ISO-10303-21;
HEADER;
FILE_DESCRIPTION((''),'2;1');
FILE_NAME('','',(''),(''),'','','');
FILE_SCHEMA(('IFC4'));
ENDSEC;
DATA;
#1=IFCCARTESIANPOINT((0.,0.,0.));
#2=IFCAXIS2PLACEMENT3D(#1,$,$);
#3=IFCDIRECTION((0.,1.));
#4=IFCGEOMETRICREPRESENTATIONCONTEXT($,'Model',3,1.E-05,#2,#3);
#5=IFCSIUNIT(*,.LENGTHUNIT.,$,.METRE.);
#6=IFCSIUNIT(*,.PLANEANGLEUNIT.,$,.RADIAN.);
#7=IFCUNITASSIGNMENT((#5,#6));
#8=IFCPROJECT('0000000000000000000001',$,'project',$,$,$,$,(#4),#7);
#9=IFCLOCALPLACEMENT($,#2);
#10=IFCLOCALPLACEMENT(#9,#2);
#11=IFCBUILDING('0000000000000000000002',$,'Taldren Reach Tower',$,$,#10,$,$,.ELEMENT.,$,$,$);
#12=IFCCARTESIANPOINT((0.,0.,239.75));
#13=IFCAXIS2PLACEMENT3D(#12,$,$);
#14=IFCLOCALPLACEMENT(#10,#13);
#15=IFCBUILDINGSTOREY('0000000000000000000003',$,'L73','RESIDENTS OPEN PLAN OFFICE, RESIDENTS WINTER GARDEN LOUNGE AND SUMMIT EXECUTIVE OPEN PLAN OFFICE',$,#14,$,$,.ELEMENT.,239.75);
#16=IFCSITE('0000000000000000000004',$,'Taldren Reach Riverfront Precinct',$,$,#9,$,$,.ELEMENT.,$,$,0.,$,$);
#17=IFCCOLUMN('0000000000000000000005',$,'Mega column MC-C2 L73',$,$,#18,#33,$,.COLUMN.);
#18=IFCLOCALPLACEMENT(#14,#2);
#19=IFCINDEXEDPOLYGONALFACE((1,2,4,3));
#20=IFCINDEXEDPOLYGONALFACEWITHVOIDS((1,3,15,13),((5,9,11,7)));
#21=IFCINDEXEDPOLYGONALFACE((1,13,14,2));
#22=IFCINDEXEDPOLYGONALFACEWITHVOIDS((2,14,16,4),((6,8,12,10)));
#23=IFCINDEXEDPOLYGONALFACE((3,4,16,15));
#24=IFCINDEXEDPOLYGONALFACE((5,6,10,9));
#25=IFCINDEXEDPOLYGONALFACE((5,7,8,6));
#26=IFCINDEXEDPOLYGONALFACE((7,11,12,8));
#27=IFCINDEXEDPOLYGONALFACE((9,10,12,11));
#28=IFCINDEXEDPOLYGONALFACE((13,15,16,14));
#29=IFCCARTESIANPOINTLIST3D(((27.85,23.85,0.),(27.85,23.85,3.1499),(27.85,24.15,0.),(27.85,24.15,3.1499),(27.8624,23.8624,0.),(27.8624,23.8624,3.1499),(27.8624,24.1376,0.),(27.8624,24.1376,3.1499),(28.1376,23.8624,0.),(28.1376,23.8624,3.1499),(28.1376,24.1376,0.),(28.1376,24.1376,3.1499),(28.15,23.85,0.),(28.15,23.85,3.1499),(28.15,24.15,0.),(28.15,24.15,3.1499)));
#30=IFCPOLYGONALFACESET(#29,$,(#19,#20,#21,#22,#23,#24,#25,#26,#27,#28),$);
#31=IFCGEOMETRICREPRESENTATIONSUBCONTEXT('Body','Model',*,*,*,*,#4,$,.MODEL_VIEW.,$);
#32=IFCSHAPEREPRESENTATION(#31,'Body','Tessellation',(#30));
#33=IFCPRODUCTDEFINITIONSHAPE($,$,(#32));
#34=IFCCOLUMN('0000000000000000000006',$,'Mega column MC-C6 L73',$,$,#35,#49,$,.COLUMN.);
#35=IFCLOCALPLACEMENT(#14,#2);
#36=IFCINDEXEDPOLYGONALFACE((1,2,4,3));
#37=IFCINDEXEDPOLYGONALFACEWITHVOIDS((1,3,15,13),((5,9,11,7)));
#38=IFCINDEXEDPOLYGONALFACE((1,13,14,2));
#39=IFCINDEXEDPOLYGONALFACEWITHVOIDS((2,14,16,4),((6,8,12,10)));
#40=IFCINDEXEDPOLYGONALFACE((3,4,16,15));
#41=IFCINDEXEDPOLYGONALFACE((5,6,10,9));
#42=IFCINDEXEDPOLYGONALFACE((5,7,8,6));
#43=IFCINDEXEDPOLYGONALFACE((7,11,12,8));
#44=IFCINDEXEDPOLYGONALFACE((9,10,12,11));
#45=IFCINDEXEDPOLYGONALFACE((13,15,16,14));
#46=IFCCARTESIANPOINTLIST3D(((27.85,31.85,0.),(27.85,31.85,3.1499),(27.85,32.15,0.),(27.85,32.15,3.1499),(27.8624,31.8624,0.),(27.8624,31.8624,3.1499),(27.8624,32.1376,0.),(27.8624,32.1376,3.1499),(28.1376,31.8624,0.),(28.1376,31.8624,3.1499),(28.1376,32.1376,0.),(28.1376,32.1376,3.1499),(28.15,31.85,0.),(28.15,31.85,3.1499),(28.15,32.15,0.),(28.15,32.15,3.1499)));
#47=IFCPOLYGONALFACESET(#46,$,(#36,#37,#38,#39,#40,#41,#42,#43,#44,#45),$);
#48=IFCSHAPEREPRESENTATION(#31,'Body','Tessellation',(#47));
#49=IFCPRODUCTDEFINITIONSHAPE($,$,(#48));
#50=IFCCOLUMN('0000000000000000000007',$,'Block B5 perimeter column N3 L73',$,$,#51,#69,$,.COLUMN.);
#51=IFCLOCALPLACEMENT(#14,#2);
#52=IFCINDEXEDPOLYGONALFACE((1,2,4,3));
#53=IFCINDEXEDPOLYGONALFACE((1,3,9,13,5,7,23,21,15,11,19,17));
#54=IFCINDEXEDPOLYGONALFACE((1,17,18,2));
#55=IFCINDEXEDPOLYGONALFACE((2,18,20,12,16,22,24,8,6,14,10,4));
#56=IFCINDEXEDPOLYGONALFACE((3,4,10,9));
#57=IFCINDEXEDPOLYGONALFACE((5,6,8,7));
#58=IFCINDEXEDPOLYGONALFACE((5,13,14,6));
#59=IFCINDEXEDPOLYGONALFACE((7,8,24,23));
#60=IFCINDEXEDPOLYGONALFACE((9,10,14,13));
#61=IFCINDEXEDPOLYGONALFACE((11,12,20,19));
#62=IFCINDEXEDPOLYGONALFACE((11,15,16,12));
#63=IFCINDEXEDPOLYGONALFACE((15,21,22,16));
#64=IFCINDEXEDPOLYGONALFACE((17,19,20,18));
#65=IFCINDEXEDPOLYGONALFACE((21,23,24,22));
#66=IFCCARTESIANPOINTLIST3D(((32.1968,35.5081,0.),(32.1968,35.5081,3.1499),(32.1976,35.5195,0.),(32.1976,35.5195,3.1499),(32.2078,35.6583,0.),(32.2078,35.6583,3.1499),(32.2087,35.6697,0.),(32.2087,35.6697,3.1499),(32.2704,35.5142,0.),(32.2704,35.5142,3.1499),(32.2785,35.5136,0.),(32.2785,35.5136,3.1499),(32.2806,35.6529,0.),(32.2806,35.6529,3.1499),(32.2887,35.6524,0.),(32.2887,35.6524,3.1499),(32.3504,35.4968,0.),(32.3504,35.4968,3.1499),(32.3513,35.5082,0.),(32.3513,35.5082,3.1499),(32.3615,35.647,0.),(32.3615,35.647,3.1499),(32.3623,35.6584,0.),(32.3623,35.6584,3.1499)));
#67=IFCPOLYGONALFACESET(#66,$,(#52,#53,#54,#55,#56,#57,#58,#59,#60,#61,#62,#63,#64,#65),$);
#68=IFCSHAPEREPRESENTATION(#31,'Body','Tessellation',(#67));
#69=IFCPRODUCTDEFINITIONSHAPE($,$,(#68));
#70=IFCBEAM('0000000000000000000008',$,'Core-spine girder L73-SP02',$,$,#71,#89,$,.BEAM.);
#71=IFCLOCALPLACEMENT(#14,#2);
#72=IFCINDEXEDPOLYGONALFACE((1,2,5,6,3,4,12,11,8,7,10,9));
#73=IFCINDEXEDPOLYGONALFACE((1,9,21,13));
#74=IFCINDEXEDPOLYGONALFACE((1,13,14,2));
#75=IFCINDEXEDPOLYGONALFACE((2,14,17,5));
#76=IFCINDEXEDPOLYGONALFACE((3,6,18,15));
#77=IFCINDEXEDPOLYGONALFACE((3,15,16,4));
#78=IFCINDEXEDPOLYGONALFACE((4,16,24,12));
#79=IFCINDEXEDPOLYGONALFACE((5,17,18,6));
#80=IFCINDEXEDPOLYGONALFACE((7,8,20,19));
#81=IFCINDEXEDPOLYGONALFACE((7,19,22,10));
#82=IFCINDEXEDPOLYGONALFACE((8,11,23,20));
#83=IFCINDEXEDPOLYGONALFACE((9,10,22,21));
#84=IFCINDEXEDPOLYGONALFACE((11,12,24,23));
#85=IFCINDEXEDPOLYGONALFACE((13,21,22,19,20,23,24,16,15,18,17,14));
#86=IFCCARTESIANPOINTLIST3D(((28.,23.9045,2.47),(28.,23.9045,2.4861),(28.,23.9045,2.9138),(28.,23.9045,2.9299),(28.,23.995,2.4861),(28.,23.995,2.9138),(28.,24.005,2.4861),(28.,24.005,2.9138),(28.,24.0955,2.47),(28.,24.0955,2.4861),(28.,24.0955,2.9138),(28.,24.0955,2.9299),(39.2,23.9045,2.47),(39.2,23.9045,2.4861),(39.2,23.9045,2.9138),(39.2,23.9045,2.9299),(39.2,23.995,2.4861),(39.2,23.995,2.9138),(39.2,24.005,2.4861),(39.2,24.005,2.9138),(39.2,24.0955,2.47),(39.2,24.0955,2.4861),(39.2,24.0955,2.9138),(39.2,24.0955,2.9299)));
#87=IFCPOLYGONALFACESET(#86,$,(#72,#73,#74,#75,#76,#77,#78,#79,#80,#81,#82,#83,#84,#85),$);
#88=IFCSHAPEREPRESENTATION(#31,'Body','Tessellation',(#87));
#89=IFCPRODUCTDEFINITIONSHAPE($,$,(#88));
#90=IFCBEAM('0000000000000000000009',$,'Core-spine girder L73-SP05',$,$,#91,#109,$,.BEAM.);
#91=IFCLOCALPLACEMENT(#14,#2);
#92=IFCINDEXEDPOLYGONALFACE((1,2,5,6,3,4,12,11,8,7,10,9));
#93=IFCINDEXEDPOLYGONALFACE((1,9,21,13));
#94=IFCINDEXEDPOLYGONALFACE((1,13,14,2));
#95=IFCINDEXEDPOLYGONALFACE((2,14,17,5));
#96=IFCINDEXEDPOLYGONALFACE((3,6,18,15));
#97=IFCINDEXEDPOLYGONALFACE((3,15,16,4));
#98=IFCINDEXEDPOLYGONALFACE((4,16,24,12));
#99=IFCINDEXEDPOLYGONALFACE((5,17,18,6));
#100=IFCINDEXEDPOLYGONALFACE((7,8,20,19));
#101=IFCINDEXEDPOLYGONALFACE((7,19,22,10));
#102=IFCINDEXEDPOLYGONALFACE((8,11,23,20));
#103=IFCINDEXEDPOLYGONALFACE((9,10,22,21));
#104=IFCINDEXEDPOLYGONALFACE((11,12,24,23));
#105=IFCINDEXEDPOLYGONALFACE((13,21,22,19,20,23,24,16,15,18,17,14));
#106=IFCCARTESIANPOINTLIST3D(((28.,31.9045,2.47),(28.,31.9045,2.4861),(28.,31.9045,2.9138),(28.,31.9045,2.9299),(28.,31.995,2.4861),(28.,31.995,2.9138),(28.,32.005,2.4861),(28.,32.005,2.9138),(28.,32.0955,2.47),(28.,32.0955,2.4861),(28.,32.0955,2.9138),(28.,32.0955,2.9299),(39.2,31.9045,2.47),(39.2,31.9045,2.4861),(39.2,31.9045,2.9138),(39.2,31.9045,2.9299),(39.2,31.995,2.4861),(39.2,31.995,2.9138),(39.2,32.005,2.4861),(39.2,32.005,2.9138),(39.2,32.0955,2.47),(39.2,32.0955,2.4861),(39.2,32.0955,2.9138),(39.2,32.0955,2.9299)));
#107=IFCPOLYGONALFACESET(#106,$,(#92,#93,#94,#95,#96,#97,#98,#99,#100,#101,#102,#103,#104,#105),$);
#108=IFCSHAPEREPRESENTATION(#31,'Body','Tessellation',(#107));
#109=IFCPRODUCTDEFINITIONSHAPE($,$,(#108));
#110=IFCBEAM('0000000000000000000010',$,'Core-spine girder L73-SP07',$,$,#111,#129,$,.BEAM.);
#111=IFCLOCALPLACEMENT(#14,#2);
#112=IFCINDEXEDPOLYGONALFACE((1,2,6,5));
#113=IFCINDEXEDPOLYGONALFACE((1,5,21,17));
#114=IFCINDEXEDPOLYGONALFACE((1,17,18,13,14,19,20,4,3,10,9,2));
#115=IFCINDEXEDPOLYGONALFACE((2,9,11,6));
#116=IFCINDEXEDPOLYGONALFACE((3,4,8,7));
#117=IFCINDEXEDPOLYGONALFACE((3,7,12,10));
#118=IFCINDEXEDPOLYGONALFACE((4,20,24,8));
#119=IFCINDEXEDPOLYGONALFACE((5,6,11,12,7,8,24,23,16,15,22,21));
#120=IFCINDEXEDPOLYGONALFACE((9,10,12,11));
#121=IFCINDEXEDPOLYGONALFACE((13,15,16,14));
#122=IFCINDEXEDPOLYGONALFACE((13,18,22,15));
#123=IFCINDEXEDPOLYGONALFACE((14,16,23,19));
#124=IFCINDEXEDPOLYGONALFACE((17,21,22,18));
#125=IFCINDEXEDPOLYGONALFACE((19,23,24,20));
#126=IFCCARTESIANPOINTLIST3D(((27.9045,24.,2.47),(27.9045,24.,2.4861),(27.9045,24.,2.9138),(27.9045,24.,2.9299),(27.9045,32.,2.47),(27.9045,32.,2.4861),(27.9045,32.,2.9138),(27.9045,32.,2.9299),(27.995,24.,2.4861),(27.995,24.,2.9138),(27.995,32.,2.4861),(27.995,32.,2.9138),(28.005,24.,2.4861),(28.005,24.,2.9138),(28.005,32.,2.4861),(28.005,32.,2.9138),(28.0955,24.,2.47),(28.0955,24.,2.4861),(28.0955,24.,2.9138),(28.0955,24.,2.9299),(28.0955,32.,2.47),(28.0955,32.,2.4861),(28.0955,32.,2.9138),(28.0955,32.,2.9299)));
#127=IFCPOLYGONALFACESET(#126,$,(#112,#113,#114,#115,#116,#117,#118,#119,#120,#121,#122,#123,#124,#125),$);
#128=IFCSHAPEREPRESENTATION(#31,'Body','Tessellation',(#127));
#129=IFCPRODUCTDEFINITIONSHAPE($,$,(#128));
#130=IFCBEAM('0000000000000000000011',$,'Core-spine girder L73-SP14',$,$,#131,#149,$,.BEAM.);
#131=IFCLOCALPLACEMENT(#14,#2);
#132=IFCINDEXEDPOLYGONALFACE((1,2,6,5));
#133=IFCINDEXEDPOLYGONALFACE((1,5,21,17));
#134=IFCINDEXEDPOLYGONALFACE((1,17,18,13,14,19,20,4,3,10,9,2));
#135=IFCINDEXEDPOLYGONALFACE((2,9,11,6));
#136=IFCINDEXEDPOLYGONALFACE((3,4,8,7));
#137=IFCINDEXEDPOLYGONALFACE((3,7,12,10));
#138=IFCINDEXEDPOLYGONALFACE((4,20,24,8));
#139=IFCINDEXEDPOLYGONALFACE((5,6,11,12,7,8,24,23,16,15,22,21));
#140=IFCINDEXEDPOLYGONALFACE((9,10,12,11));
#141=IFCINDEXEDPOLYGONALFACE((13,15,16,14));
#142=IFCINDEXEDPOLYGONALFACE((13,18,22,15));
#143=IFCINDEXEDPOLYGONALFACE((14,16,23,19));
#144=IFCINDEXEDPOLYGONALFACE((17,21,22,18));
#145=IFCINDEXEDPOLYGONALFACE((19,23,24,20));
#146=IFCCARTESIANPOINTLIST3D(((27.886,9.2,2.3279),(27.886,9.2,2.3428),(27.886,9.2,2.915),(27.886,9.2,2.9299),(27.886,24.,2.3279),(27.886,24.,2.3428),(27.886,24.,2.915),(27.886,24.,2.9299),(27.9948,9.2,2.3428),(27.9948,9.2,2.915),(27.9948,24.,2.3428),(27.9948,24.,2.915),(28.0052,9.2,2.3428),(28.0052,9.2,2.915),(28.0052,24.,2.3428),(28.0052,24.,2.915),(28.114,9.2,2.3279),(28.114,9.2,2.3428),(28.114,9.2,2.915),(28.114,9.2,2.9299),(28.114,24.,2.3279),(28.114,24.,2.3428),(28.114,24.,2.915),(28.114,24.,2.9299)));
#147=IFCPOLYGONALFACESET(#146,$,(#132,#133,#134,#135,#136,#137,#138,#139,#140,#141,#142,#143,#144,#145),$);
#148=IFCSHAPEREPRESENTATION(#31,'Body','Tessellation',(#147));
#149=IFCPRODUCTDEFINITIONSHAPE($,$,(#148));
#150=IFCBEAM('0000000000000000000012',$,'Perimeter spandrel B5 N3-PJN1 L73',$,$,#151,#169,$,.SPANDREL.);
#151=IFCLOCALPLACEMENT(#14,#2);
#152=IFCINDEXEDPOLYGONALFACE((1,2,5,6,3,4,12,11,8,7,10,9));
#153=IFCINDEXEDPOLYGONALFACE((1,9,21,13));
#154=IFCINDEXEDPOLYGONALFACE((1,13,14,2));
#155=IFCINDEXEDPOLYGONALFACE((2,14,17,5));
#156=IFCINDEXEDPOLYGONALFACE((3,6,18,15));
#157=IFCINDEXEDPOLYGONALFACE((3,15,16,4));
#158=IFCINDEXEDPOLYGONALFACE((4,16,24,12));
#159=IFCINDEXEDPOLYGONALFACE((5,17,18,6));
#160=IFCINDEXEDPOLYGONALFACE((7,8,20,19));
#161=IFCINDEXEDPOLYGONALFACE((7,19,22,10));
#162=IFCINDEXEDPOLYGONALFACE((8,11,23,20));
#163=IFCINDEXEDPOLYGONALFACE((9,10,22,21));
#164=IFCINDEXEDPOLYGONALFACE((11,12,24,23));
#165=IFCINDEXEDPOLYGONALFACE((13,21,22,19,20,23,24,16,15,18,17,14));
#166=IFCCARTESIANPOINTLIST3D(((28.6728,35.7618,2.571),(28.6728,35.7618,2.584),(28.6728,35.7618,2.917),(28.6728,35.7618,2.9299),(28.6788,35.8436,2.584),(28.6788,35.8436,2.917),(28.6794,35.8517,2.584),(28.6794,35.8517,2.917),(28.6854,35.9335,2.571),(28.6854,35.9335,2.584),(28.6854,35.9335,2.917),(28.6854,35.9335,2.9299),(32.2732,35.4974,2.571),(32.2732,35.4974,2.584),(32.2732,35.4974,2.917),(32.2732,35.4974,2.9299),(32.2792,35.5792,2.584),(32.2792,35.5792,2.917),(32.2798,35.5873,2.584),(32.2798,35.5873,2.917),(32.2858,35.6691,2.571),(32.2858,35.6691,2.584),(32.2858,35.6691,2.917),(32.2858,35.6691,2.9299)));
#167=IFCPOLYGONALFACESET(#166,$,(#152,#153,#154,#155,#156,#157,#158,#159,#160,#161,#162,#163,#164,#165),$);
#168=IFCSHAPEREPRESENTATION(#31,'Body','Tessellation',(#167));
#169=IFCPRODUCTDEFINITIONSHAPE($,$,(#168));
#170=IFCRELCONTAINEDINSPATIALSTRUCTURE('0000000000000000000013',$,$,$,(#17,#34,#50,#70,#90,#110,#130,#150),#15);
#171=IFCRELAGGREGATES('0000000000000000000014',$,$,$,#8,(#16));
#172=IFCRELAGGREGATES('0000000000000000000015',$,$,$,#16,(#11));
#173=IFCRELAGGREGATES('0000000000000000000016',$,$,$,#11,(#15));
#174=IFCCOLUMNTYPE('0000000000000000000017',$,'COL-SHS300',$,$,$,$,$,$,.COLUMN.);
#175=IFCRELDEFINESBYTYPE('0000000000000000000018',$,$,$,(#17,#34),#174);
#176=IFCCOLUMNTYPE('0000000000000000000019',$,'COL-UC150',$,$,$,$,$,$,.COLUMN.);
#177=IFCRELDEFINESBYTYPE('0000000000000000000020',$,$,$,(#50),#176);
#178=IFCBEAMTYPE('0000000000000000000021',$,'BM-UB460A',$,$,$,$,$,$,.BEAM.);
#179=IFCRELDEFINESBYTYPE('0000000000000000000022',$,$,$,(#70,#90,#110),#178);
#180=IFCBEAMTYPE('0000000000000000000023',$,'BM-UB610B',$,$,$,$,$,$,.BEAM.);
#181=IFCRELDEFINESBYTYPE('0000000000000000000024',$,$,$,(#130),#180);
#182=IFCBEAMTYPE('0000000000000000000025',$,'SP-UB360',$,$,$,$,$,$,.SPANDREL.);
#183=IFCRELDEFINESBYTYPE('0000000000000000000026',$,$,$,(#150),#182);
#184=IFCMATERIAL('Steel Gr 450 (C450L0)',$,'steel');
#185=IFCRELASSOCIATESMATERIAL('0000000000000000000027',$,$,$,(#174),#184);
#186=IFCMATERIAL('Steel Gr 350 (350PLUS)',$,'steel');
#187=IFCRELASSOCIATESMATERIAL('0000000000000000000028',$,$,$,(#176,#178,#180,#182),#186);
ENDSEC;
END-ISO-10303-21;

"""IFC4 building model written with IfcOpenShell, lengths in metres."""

from ifc_helpers import new_model, si_unit, direction, frame, origin, origin_2d, place, context, subcontext, project, spatial, hollow_rectangle, i_section, extrude, source, transform, mapped, material, material_profile, profile_set, type_object, element, save


model = new_model("IFC4")

# Units and contexts
model_context = context("Model", 3, precision=1e-05, world=origin(), true_north=direction((0.0, 1.0)))
body_context = subcontext(model_context, "Body", "Model", "MODEL_VIEW")
ifc_project = project(units=[si_unit("LENGTHUNIT", "METRE"), si_unit("PLANEANGLEUNIT", "RADIAN")], contexts=[model_context])

# Site, building, storey
site_placement = place(None, origin())
site = spatial("IfcSite", under=ifc_project, at=site_placement, Name="Taldren Reach Riverfront Precinct", CompositionType="ELEMENT", RefElevation=0.0)
building_placement = place(site_placement, origin())
building = spatial("IfcBuilding", under=site, at=building_placement, Name="Taldren Reach Tower", CompositionType="ELEMENT")
storey_placement = place(building_placement, frame((0.0, 0.0, 239.75)))
storey = spatial("IfcBuildingStorey", under=building, at=storey_placement, Name="L73", Description="RESIDENTS OPEN PLAN OFFICE, RESIDENTS WINTER GARDEN LOUNGE AND SUMMIT EXECUTIVE OPEN PLAN OFFICE", CompositionType="ELEMENT", Elevation=239.75)

# Columns
ifc_material_1 = material(Name="Steel Gr 450 (C450L0)", Category="steel")
ifc_material_profile_1 = material_profile(ifc_material_1, hollow_rectangle(XDim=0.3, YDim=0.3, WallThickness=0.0125, at=origin_2d()), Name="300x300x12.5SHS")
ifc_profile_set_1 = profile_set([ifc_material_profile_1], Name="Steel Gr 450 (C450L0)")
column_type_1 = type_object("IfcColumnType", Name="COL-SHS300", PredefinedType="COLUMN", material=ifc_profile_set_1)
shared_shape_1 = source(origin(), body_context, "Body", "SweptSolid", [
    extrude(hollow_rectangle(XDim=0.3, YDim=0.3, WallThickness=0.0125, at=origin_2d()), origin(), (0.0, 0.0, 1.0), 3.1499),
])
for number, where, z_axis, x_axis, name in (
    (1, (28.0, 24.0, 0.0), (0.0, 0.0, 1.0), (1.0, 0.0, 0.0), "Mega column MC-C2 L73"),
    (2, (28.0, 32.0, 0.0), (0.0, 0.0, 1.0), (1.0, 0.0, 0.0), "Mega column MC-C6 L73"),
):
    element("IfcColumn", number, at=place(storey_placement, frame(where, z_axis=z_axis, x_axis=x_axis)), inside=storey, type_object=column_type_1, Name=name, PredefinedType="COLUMN", context=body_context, shape_type="MappedRepresentation", body=[
        mapped(shared_shape_1, transform((0.0, 0.0, 0.0), scale=1.0)),
    ])
ifc_material_2 = material(Name="Steel Gr 350 (350PLUS)", Category="steel")
ifc_material_profile_2 = material_profile(ifc_material_2, i_section(OverallWidth=0.1541, OverallDepth=0.1621, WebThickness=0.0081, FlangeThickness=0.0115, at=origin_2d()), Name="150UC37.2")
ifc_profile_set_2 = profile_set([ifc_material_profile_2], Name="Steel Gr 350 (350PLUS)")
column_type_2 = type_object("IfcColumnType", Name="COL-UC150", PredefinedType="COLUMN", material=ifc_profile_set_2)
shared_shape_2 = source(origin(), body_context, "Body", "SweptSolid", [
    extrude(i_section(OverallWidth=0.1541, OverallDepth=0.1621, WebThickness=0.0081, FlangeThickness=0.0115, at=origin_2d()), origin(), (0.0, 0.0, 1.0), 3.1499),
])
column_placement = place(storey_placement, frame((32.2795, 35.5833, 0.0), z_axis=(0.0, 0.0, 1.0), x_axis=(0.997314, -0.073238, 0.0)))
element("IfcColumn", 3, at=column_placement, inside=storey, type_object=column_type_2, Name="Block B5 perimeter column N3 L73", PredefinedType="COLUMN", context=body_context, shape_type="MappedRepresentation", body=[
    mapped(shared_shape_2, transform((0.0, 0.0, 0.0), scale=1.0)),
])

# Beams
ifc_material_profile_3 = material_profile(ifc_material_2, i_section(OverallWidth=0.1909, OverallDepth=0.46, WebThickness=0.01, FlangeThickness=0.0161, at=origin_2d()), Name="460UB82.1")
ifc_profile_set_3 = profile_set([ifc_material_profile_3], Name="Steel Gr 350 (350PLUS)")
beam_type_1 = type_object("IfcBeamType", Name="BM-UB460A", PredefinedType="BEAM", material=ifc_profile_set_3)
shared_shape_3 = source(origin(), body_context, "Body", "SweptSolid", [
    extrude(i_section(OverallWidth=0.1909, OverallDepth=0.46, WebThickness=0.01, FlangeThickness=0.0161, at=origin_2d()), origin(), (0.0, 0.0, 1.0), 11.2),
])
for number, where, z_axis, x_axis, name in (
    (4, (28.0, 24.0, 2.7), (1.0, 0.0, 0.0), (0.0, 1.0, 0.0), "Core-spine girder L73-SP02"),
    (5, (28.0, 32.0, 2.7), (1.0, 0.0, 0.0), (0.0, 1.0, 0.0), "Core-spine girder L73-SP05"),
):
    element("IfcBeam", number, at=place(storey_placement, frame(where, z_axis=z_axis, x_axis=x_axis)), inside=storey, type_object=beam_type_1, Name=name, PredefinedType="BEAM", context=body_context, shape_type="MappedRepresentation", body=[
        mapped(shared_shape_3, transform((0.0, 0.0, 0.0), scale=1.0)),
    ])
shared_shape_4 = source(origin(), body_context, "Body", "SweptSolid", [
    extrude(i_section(OverallWidth=0.1909, OverallDepth=0.46, WebThickness=0.01, FlangeThickness=0.0161, at=origin_2d()), origin(), (0.0, 0.0, 1.0), 8.0),
])
beam_1_placement = place(storey_placement, frame((28.0, 24.0, 2.7), z_axis=(0.0, 1.0, 0.0), x_axis=(-1.0, 0.0, 0.0)))
element("IfcBeam", 6, at=beam_1_placement, inside=storey, type_object=beam_type_1, Name="Core-spine girder L73-SP07", PredefinedType="BEAM", context=body_context, shape_type="MappedRepresentation", body=[
    mapped(shared_shape_4, transform((0.0, 0.0, 0.0), scale=1.0)),
])
ifc_material_profile_4 = material_profile(ifc_material_2, i_section(OverallWidth=0.228, OverallDepth=0.6021, WebThickness=0.0105, FlangeThickness=0.0149, at=origin_2d()), Name="610UB101")
ifc_profile_set_4 = profile_set([ifc_material_profile_4], Name="Steel Gr 350 (350PLUS)")
beam_type_2 = type_object("IfcBeamType", Name="BM-UB610B", PredefinedType="BEAM", material=ifc_profile_set_4)
shared_shape_5 = source(origin(), body_context, "Body", "SweptSolid", [
    extrude(i_section(OverallWidth=0.228, OverallDepth=0.6021, WebThickness=0.0105, FlangeThickness=0.0149, at=origin_2d()), origin(), (0.0, 0.0, 1.0), 14.8),
])
beam_2_placement = place(storey_placement, frame((28.0, 24.0, 2.6289), z_axis=(0.0, -1.0, 0.0), x_axis=(1.0, 0.0, 0.0)))
element("IfcBeam", 7, at=beam_2_placement, inside=storey, type_object=beam_type_2, Name="Core-spine girder L73-SP14", PredefinedType="BEAM", context=body_context, shape_type="MappedRepresentation", body=[
    mapped(shared_shape_5, transform((0.0, 0.0, 0.0), scale=1.0)),
])
ifc_material_profile_5 = material_profile(ifc_material_2, i_section(OverallWidth=0.1721, OverallDepth=0.3589, WebThickness=0.0081, FlangeThickness=0.0129, at=origin_2d()), Name="360UB56.7")
ifc_profile_set_5 = profile_set([ifc_material_profile_5], Name="Steel Gr 350 (350PLUS)")
beam_type_3 = type_object("IfcBeamType", Name="SP-UB360", PredefinedType="SPANDREL", material=ifc_profile_set_5)
shared_shape_6 = source(origin(), body_context, "Body", "SweptSolid", [
    extrude(i_section(OverallWidth=0.1721, OverallDepth=0.3589, WebThickness=0.0081, FlangeThickness=0.0129, at=origin_2d()), origin(), (0.0, 0.0, 1.0), 3.6101),
])
beam_3_placement = place(storey_placement, frame((32.2795, 35.5833, 2.7505), z_axis=(-0.997314, 0.073241, 0.0), x_axis=(-0.073241, -0.997314, 0.0)))
element("IfcBeam", 8, at=beam_3_placement, inside=storey, type_object=beam_type_3, Name="Perimeter spandrel B5 N3-PJN1 L73", PredefinedType="SPANDREL", context=body_context, shape_type="MappedRepresentation", body=[
    mapped(shared_shape_6, transform((0.0, 0.0, 0.0), scale=1.0)),
])

save(model, "model.ifc")
